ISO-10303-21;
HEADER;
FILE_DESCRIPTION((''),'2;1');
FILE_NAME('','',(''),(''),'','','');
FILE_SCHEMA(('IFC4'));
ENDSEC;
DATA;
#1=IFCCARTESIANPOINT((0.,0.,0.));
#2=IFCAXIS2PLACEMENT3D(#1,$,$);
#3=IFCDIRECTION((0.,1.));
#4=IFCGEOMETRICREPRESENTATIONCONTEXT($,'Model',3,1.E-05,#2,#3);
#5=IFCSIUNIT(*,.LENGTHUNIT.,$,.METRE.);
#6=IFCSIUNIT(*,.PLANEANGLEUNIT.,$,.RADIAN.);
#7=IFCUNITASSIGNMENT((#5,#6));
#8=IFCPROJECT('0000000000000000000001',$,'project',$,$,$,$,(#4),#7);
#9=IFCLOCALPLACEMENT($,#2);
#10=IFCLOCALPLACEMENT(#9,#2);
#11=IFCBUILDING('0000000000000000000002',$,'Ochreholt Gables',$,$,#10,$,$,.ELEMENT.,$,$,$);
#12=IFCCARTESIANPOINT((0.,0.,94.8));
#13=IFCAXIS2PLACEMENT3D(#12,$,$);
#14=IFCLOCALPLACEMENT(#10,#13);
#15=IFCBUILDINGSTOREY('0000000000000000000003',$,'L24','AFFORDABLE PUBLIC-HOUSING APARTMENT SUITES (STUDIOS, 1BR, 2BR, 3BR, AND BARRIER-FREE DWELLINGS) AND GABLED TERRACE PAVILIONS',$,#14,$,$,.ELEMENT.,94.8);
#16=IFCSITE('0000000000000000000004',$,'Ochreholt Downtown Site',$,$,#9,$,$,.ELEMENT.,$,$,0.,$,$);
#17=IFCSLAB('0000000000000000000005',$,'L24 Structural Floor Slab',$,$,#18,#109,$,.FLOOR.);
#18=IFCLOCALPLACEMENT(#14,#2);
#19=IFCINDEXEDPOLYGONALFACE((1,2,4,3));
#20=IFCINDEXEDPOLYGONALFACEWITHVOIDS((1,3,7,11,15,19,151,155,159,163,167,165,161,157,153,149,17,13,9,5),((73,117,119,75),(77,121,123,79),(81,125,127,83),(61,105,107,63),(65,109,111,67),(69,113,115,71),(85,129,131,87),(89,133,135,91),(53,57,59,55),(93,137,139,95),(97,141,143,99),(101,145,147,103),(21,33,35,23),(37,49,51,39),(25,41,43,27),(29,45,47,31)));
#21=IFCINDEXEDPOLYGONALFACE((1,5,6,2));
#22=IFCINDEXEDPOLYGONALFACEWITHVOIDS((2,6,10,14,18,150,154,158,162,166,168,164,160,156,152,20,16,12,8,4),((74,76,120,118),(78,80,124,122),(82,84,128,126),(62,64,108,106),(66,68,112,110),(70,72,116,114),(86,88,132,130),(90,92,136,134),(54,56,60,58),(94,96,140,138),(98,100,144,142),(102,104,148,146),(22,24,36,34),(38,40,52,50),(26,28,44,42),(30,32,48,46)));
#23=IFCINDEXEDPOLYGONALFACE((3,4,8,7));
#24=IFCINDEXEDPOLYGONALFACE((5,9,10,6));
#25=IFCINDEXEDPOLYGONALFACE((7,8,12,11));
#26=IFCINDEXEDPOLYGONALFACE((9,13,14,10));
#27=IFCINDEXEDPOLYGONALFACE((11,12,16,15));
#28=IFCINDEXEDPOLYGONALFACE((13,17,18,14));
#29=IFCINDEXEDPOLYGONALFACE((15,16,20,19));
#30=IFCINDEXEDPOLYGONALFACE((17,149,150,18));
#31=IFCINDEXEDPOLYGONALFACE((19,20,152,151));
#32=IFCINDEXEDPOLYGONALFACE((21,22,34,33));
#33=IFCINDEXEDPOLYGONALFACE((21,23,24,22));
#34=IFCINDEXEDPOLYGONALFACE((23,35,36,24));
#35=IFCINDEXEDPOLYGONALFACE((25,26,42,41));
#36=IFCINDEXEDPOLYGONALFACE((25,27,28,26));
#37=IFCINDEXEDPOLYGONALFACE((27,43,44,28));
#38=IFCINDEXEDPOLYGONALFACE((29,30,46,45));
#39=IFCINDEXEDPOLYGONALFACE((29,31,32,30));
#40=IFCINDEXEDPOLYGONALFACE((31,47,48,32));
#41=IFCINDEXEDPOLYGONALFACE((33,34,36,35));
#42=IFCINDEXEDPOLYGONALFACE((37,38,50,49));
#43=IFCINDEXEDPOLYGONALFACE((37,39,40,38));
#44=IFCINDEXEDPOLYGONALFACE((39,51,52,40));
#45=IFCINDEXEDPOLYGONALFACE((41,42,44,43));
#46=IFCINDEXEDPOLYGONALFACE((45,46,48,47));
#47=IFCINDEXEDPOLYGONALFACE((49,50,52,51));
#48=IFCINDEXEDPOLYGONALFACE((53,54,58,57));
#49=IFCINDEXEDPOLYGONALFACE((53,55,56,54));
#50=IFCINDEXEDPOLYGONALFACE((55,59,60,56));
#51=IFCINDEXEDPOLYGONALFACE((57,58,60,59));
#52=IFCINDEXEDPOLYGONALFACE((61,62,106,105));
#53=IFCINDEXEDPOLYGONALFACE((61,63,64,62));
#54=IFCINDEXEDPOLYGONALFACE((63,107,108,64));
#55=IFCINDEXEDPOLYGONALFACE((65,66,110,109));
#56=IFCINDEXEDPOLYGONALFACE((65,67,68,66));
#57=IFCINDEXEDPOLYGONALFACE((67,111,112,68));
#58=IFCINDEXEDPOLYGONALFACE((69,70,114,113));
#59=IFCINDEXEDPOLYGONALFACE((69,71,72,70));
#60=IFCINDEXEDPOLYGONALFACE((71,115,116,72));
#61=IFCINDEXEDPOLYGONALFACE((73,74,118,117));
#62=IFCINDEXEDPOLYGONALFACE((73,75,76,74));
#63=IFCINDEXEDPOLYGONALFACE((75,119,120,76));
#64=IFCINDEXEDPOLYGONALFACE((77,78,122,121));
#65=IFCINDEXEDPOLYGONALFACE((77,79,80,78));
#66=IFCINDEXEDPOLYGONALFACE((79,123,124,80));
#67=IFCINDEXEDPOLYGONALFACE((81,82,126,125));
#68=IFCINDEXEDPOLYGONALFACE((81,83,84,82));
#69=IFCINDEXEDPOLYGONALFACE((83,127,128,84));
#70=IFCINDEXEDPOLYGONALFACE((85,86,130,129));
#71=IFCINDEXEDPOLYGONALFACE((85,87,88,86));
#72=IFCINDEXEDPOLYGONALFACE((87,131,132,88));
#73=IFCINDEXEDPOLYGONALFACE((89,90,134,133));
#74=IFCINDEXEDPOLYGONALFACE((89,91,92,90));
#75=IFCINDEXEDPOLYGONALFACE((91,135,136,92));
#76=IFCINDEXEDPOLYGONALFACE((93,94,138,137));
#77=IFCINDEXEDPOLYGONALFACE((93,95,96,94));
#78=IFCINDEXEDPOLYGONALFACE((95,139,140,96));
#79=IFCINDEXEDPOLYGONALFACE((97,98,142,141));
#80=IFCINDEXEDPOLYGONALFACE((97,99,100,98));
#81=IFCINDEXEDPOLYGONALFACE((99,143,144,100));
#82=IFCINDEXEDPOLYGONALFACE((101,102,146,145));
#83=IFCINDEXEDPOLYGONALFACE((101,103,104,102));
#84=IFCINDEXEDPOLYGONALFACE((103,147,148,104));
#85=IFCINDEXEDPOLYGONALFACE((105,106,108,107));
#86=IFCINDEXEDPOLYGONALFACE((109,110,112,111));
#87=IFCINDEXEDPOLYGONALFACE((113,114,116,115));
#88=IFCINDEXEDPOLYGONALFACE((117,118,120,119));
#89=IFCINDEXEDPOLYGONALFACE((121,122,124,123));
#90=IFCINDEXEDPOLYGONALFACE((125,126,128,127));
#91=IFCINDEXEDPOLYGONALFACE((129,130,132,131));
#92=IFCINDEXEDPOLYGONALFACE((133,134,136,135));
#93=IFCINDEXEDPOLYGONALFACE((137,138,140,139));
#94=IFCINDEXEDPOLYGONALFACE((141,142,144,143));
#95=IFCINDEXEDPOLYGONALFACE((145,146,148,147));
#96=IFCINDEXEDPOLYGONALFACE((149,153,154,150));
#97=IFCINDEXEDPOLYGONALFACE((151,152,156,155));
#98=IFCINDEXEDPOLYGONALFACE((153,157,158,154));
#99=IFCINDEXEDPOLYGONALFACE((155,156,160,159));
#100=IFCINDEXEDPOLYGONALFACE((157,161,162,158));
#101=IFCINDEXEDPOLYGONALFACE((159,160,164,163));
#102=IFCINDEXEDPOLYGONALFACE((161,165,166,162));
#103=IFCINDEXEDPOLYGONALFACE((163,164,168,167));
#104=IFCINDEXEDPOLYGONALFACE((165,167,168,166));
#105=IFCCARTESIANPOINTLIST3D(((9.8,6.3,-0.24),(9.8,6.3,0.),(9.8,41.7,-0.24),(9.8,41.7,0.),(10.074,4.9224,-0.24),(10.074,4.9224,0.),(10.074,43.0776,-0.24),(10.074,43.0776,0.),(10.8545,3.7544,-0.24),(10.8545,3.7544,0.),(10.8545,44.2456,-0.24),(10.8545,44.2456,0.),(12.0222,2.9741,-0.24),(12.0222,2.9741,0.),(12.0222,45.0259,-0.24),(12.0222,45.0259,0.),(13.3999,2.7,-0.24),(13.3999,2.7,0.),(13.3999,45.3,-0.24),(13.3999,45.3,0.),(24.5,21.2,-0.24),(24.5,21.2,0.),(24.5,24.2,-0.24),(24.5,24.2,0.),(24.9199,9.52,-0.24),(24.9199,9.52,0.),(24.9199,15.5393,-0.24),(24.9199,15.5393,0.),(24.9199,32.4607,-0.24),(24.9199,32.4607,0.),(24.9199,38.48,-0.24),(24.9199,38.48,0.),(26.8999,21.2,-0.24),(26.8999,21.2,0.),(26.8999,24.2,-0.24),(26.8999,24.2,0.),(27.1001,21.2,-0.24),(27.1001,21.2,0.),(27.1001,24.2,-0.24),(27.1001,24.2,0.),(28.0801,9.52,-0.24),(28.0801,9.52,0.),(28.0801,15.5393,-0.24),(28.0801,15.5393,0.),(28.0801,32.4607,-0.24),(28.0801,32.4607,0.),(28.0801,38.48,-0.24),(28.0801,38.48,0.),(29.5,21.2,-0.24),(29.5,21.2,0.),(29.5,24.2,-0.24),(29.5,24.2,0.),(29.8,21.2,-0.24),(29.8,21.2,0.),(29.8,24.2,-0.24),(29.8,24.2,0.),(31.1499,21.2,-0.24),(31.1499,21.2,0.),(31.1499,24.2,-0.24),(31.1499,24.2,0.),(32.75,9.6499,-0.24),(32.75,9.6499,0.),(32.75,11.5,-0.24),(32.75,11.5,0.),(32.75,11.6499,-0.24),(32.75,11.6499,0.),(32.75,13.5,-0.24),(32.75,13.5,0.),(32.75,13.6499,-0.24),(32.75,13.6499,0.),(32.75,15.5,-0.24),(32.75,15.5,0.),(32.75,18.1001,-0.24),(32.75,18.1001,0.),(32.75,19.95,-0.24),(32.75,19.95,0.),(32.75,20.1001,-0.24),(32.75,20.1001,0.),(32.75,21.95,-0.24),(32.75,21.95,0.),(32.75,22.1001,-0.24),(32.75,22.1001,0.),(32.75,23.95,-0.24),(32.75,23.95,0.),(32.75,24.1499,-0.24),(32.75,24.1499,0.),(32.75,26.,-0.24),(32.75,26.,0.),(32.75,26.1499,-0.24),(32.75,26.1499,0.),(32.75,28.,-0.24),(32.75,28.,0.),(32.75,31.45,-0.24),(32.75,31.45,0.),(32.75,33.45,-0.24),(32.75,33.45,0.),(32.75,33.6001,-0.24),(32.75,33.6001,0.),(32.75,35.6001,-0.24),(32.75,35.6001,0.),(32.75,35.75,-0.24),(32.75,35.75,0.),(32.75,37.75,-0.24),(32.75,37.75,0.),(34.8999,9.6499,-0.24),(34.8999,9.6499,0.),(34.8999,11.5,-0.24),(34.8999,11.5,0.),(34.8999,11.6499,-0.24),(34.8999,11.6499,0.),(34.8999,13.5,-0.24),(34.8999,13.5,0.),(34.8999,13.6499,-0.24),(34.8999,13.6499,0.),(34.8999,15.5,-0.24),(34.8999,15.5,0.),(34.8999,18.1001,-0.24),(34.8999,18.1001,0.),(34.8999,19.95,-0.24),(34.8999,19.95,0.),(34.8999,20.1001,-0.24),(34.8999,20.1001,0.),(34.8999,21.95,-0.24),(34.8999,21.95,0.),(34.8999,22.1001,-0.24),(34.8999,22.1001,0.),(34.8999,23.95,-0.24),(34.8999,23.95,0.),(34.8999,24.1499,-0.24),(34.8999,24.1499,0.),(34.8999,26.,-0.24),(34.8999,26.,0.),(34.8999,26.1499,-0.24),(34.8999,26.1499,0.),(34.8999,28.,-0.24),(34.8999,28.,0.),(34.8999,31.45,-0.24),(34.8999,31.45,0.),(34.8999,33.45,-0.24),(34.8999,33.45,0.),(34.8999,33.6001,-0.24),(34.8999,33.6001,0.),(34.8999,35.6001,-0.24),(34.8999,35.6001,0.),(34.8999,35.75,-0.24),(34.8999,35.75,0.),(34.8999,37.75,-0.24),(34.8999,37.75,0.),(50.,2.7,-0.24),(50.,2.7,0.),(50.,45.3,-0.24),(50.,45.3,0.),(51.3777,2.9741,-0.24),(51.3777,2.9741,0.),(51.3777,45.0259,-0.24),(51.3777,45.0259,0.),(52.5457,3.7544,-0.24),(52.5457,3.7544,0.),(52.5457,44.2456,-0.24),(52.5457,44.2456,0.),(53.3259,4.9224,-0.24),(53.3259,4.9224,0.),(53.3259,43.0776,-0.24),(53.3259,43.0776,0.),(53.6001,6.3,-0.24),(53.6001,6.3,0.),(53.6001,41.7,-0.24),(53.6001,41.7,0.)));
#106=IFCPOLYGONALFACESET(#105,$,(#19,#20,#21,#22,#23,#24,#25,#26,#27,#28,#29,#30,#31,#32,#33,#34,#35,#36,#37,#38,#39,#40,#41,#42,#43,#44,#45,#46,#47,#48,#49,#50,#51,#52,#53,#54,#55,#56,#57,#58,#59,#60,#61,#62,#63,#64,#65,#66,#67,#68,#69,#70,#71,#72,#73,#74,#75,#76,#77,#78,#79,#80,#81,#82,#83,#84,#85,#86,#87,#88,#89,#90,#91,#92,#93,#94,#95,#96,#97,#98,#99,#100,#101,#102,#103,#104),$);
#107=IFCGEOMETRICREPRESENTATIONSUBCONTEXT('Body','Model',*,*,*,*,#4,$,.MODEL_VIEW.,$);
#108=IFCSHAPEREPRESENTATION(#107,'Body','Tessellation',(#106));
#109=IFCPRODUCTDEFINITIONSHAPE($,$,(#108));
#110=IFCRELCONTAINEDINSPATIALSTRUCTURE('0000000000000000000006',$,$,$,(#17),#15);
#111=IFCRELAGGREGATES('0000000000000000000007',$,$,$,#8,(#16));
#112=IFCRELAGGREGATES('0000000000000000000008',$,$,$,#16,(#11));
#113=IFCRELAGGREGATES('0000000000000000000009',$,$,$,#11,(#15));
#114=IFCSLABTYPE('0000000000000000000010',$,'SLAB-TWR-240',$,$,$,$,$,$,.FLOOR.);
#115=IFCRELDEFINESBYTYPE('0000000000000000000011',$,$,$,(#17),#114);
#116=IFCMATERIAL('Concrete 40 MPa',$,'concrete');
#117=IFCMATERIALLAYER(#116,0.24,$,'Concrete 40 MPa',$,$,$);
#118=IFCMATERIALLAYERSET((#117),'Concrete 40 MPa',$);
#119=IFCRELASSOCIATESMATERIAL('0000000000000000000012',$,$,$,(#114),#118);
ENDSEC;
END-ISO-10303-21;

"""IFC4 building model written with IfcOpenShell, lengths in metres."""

from ifc_helpers import new_model, si_unit, direction, frame, origin, place, context, subcontext, project, spatial, polyline, outline, extrude, material, layer, layer_set, type_object, element, save


model = new_model("IFC4")

# Units and contexts
model_context = context("Model", 3, precision=1e-05, world=origin(), true_north=direction((0.0, 1.0)))
body_context = subcontext(model_context, "Body", "Model", "MODEL_VIEW")
ifc_project = project(units=[si_unit("LENGTHUNIT", "METRE"), si_unit("PLANEANGLEUNIT", "RADIAN")], contexts=[model_context])

# Site, building, storey
site_placement = place(None, origin())
site = spatial("IfcSite", under=ifc_project, at=site_placement, Name="Ochreholt Downtown Site", CompositionType="ELEMENT", RefElevation=0.0)
building_placement = place(site_placement, origin())
building = spatial("IfcBuilding", under=site, at=building_placement, Name="Ochreholt Gables", CompositionType="ELEMENT")
storey_placement = place(building_placement, frame((0.0, 0.0, 94.8)))
storey = spatial("IfcBuildingStorey", under=building, at=storey_placement, Name="L24", Description="AFFORDABLE PUBLIC-HOUSING APARTMENT SUITES (STUDIOS, 1BR, 2BR, 3BR, AND BARRIER-FREE DWELLINGS) AND GABLED TERRACE PAVILIONS", CompositionType="ELEMENT", Elevation=94.8)

# Shared definitions
ifc_material_1 = material(Name="Concrete 40 MPa", Category="concrete")

# Slab
ifc_layer_1 = layer(ifc_material_1, 0.24, Name="Concrete 40 MPa")
ifc_layer_set_1 = layer_set([ifc_layer_1], Name="Concrete 40 MPa")
slab_type_1 = type_object("IfcSlabType", Name="SLAB-TWR-240", PredefinedType="FLOOR", material=ifc_layer_set_1)
slab_1_placement = place(storey_placement, frame((0.0, 0.0, -0.24)))
element("IfcSlab", 1, at=slab_1_placement, inside=storey, type_object=slab_type_1, Name="L24 Structural Floor Slab", PredefinedType="FLOOR", context=body_context, shape_type="SweptSolid", body=[
    extrude(outline(polyline([(9.8, 6.3), (10.074, 4.9224), (10.8545, 3.7544), (12.0222, 2.9741), (13.3999, 2.7), (50.0, 2.7), (51.3777, 2.9741), (52.5457, 3.7544), (53.3259, 4.9224), (53.6001, 6.3), (53.6001, 41.7), (53.3259, 43.0776), (52.5457, 44.2456), (51.3777, 45.0259), (50.0, 45.3), (13.3999, 45.3), (12.0222, 45.0259), (10.8545, 44.2456), (10.074, 43.0776), (9.8, 41.7), (9.8, 6.3)]), holes=[polyline([(24.9199, 15.5393), (24.9199, 9.52), (28.0801, 9.52), (28.0801, 15.5393), (24.9199, 15.5393)]), polyline([(28.0801, 32.4607), (28.0801, 38.48), (24.9199, 38.48), (24.9199, 32.4607), (28.0801, 32.4607)]), polyline([(24.5, 21.2), (26.8999, 21.2), (26.8999, 24.2), (24.5, 24.2), (24.5, 21.2)]), polyline([(27.1001, 21.2), (29.5, 21.2), (29.5, 24.2), (27.1001, 24.2), (27.1001, 21.2)]), polyline([(32.75, 9.6499), (34.8999, 9.6499), (34.8999, 11.5), (32.75, 11.5), (32.75, 9.6499)]), polyline([(32.75, 11.6499), (34.8999, 11.6499), (34.8999, 13.5), (32.75, 13.5), (32.75, 11.6499)]), polyline([(32.75, 13.6499), (34.8999, 13.6499), (34.8999, 15.5), (32.75, 15.5), (32.75, 13.6499)]), polyline([(32.75, 18.1001), (34.8999, 18.1001), (34.8999, 19.95), (32.75, 19.95), (32.75, 18.1001)]), polyline([(32.75, 20.1001), (34.8999, 20.1001), (34.8999, 21.95), (32.75, 21.95), (32.75, 20.1001)]), polyline([(32.75, 22.1001), (34.8999, 22.1001), (34.8999, 23.95), (32.75, 23.95), (32.75, 22.1001)]), polyline([(32.75, 24.1499), (34.8999, 24.1499), (34.8999, 26.0), (32.75, 26.0), (32.75, 24.1499)]), polyline([(32.75, 26.1499), (34.8999, 26.1499), (34.8999, 28.0), (32.75, 28.0), (32.75, 26.1499)]), polyline([(32.75, 31.45), (34.8999, 31.45), (34.8999, 33.45), (32.75, 33.45), (32.75, 31.45)]), polyline([(32.75, 33.6001), (34.8999, 33.6001), (34.8999, 35.6001), (32.75, 35.6001), (32.75, 33.6001)]), polyline([(32.75, 35.75), (34.8999, 35.75), (34.8999, 37.75), (32.75, 37.75), (32.75, 35.75)]), polyline([(29.8, 21.2), (31.1499, 21.2), (31.1499, 24.2), (29.8, 24.2), (29.8, 21.2)])]), origin(), (0.0, 0.0, 1.0), 0.24),
])

save(model, "model.ifc")
